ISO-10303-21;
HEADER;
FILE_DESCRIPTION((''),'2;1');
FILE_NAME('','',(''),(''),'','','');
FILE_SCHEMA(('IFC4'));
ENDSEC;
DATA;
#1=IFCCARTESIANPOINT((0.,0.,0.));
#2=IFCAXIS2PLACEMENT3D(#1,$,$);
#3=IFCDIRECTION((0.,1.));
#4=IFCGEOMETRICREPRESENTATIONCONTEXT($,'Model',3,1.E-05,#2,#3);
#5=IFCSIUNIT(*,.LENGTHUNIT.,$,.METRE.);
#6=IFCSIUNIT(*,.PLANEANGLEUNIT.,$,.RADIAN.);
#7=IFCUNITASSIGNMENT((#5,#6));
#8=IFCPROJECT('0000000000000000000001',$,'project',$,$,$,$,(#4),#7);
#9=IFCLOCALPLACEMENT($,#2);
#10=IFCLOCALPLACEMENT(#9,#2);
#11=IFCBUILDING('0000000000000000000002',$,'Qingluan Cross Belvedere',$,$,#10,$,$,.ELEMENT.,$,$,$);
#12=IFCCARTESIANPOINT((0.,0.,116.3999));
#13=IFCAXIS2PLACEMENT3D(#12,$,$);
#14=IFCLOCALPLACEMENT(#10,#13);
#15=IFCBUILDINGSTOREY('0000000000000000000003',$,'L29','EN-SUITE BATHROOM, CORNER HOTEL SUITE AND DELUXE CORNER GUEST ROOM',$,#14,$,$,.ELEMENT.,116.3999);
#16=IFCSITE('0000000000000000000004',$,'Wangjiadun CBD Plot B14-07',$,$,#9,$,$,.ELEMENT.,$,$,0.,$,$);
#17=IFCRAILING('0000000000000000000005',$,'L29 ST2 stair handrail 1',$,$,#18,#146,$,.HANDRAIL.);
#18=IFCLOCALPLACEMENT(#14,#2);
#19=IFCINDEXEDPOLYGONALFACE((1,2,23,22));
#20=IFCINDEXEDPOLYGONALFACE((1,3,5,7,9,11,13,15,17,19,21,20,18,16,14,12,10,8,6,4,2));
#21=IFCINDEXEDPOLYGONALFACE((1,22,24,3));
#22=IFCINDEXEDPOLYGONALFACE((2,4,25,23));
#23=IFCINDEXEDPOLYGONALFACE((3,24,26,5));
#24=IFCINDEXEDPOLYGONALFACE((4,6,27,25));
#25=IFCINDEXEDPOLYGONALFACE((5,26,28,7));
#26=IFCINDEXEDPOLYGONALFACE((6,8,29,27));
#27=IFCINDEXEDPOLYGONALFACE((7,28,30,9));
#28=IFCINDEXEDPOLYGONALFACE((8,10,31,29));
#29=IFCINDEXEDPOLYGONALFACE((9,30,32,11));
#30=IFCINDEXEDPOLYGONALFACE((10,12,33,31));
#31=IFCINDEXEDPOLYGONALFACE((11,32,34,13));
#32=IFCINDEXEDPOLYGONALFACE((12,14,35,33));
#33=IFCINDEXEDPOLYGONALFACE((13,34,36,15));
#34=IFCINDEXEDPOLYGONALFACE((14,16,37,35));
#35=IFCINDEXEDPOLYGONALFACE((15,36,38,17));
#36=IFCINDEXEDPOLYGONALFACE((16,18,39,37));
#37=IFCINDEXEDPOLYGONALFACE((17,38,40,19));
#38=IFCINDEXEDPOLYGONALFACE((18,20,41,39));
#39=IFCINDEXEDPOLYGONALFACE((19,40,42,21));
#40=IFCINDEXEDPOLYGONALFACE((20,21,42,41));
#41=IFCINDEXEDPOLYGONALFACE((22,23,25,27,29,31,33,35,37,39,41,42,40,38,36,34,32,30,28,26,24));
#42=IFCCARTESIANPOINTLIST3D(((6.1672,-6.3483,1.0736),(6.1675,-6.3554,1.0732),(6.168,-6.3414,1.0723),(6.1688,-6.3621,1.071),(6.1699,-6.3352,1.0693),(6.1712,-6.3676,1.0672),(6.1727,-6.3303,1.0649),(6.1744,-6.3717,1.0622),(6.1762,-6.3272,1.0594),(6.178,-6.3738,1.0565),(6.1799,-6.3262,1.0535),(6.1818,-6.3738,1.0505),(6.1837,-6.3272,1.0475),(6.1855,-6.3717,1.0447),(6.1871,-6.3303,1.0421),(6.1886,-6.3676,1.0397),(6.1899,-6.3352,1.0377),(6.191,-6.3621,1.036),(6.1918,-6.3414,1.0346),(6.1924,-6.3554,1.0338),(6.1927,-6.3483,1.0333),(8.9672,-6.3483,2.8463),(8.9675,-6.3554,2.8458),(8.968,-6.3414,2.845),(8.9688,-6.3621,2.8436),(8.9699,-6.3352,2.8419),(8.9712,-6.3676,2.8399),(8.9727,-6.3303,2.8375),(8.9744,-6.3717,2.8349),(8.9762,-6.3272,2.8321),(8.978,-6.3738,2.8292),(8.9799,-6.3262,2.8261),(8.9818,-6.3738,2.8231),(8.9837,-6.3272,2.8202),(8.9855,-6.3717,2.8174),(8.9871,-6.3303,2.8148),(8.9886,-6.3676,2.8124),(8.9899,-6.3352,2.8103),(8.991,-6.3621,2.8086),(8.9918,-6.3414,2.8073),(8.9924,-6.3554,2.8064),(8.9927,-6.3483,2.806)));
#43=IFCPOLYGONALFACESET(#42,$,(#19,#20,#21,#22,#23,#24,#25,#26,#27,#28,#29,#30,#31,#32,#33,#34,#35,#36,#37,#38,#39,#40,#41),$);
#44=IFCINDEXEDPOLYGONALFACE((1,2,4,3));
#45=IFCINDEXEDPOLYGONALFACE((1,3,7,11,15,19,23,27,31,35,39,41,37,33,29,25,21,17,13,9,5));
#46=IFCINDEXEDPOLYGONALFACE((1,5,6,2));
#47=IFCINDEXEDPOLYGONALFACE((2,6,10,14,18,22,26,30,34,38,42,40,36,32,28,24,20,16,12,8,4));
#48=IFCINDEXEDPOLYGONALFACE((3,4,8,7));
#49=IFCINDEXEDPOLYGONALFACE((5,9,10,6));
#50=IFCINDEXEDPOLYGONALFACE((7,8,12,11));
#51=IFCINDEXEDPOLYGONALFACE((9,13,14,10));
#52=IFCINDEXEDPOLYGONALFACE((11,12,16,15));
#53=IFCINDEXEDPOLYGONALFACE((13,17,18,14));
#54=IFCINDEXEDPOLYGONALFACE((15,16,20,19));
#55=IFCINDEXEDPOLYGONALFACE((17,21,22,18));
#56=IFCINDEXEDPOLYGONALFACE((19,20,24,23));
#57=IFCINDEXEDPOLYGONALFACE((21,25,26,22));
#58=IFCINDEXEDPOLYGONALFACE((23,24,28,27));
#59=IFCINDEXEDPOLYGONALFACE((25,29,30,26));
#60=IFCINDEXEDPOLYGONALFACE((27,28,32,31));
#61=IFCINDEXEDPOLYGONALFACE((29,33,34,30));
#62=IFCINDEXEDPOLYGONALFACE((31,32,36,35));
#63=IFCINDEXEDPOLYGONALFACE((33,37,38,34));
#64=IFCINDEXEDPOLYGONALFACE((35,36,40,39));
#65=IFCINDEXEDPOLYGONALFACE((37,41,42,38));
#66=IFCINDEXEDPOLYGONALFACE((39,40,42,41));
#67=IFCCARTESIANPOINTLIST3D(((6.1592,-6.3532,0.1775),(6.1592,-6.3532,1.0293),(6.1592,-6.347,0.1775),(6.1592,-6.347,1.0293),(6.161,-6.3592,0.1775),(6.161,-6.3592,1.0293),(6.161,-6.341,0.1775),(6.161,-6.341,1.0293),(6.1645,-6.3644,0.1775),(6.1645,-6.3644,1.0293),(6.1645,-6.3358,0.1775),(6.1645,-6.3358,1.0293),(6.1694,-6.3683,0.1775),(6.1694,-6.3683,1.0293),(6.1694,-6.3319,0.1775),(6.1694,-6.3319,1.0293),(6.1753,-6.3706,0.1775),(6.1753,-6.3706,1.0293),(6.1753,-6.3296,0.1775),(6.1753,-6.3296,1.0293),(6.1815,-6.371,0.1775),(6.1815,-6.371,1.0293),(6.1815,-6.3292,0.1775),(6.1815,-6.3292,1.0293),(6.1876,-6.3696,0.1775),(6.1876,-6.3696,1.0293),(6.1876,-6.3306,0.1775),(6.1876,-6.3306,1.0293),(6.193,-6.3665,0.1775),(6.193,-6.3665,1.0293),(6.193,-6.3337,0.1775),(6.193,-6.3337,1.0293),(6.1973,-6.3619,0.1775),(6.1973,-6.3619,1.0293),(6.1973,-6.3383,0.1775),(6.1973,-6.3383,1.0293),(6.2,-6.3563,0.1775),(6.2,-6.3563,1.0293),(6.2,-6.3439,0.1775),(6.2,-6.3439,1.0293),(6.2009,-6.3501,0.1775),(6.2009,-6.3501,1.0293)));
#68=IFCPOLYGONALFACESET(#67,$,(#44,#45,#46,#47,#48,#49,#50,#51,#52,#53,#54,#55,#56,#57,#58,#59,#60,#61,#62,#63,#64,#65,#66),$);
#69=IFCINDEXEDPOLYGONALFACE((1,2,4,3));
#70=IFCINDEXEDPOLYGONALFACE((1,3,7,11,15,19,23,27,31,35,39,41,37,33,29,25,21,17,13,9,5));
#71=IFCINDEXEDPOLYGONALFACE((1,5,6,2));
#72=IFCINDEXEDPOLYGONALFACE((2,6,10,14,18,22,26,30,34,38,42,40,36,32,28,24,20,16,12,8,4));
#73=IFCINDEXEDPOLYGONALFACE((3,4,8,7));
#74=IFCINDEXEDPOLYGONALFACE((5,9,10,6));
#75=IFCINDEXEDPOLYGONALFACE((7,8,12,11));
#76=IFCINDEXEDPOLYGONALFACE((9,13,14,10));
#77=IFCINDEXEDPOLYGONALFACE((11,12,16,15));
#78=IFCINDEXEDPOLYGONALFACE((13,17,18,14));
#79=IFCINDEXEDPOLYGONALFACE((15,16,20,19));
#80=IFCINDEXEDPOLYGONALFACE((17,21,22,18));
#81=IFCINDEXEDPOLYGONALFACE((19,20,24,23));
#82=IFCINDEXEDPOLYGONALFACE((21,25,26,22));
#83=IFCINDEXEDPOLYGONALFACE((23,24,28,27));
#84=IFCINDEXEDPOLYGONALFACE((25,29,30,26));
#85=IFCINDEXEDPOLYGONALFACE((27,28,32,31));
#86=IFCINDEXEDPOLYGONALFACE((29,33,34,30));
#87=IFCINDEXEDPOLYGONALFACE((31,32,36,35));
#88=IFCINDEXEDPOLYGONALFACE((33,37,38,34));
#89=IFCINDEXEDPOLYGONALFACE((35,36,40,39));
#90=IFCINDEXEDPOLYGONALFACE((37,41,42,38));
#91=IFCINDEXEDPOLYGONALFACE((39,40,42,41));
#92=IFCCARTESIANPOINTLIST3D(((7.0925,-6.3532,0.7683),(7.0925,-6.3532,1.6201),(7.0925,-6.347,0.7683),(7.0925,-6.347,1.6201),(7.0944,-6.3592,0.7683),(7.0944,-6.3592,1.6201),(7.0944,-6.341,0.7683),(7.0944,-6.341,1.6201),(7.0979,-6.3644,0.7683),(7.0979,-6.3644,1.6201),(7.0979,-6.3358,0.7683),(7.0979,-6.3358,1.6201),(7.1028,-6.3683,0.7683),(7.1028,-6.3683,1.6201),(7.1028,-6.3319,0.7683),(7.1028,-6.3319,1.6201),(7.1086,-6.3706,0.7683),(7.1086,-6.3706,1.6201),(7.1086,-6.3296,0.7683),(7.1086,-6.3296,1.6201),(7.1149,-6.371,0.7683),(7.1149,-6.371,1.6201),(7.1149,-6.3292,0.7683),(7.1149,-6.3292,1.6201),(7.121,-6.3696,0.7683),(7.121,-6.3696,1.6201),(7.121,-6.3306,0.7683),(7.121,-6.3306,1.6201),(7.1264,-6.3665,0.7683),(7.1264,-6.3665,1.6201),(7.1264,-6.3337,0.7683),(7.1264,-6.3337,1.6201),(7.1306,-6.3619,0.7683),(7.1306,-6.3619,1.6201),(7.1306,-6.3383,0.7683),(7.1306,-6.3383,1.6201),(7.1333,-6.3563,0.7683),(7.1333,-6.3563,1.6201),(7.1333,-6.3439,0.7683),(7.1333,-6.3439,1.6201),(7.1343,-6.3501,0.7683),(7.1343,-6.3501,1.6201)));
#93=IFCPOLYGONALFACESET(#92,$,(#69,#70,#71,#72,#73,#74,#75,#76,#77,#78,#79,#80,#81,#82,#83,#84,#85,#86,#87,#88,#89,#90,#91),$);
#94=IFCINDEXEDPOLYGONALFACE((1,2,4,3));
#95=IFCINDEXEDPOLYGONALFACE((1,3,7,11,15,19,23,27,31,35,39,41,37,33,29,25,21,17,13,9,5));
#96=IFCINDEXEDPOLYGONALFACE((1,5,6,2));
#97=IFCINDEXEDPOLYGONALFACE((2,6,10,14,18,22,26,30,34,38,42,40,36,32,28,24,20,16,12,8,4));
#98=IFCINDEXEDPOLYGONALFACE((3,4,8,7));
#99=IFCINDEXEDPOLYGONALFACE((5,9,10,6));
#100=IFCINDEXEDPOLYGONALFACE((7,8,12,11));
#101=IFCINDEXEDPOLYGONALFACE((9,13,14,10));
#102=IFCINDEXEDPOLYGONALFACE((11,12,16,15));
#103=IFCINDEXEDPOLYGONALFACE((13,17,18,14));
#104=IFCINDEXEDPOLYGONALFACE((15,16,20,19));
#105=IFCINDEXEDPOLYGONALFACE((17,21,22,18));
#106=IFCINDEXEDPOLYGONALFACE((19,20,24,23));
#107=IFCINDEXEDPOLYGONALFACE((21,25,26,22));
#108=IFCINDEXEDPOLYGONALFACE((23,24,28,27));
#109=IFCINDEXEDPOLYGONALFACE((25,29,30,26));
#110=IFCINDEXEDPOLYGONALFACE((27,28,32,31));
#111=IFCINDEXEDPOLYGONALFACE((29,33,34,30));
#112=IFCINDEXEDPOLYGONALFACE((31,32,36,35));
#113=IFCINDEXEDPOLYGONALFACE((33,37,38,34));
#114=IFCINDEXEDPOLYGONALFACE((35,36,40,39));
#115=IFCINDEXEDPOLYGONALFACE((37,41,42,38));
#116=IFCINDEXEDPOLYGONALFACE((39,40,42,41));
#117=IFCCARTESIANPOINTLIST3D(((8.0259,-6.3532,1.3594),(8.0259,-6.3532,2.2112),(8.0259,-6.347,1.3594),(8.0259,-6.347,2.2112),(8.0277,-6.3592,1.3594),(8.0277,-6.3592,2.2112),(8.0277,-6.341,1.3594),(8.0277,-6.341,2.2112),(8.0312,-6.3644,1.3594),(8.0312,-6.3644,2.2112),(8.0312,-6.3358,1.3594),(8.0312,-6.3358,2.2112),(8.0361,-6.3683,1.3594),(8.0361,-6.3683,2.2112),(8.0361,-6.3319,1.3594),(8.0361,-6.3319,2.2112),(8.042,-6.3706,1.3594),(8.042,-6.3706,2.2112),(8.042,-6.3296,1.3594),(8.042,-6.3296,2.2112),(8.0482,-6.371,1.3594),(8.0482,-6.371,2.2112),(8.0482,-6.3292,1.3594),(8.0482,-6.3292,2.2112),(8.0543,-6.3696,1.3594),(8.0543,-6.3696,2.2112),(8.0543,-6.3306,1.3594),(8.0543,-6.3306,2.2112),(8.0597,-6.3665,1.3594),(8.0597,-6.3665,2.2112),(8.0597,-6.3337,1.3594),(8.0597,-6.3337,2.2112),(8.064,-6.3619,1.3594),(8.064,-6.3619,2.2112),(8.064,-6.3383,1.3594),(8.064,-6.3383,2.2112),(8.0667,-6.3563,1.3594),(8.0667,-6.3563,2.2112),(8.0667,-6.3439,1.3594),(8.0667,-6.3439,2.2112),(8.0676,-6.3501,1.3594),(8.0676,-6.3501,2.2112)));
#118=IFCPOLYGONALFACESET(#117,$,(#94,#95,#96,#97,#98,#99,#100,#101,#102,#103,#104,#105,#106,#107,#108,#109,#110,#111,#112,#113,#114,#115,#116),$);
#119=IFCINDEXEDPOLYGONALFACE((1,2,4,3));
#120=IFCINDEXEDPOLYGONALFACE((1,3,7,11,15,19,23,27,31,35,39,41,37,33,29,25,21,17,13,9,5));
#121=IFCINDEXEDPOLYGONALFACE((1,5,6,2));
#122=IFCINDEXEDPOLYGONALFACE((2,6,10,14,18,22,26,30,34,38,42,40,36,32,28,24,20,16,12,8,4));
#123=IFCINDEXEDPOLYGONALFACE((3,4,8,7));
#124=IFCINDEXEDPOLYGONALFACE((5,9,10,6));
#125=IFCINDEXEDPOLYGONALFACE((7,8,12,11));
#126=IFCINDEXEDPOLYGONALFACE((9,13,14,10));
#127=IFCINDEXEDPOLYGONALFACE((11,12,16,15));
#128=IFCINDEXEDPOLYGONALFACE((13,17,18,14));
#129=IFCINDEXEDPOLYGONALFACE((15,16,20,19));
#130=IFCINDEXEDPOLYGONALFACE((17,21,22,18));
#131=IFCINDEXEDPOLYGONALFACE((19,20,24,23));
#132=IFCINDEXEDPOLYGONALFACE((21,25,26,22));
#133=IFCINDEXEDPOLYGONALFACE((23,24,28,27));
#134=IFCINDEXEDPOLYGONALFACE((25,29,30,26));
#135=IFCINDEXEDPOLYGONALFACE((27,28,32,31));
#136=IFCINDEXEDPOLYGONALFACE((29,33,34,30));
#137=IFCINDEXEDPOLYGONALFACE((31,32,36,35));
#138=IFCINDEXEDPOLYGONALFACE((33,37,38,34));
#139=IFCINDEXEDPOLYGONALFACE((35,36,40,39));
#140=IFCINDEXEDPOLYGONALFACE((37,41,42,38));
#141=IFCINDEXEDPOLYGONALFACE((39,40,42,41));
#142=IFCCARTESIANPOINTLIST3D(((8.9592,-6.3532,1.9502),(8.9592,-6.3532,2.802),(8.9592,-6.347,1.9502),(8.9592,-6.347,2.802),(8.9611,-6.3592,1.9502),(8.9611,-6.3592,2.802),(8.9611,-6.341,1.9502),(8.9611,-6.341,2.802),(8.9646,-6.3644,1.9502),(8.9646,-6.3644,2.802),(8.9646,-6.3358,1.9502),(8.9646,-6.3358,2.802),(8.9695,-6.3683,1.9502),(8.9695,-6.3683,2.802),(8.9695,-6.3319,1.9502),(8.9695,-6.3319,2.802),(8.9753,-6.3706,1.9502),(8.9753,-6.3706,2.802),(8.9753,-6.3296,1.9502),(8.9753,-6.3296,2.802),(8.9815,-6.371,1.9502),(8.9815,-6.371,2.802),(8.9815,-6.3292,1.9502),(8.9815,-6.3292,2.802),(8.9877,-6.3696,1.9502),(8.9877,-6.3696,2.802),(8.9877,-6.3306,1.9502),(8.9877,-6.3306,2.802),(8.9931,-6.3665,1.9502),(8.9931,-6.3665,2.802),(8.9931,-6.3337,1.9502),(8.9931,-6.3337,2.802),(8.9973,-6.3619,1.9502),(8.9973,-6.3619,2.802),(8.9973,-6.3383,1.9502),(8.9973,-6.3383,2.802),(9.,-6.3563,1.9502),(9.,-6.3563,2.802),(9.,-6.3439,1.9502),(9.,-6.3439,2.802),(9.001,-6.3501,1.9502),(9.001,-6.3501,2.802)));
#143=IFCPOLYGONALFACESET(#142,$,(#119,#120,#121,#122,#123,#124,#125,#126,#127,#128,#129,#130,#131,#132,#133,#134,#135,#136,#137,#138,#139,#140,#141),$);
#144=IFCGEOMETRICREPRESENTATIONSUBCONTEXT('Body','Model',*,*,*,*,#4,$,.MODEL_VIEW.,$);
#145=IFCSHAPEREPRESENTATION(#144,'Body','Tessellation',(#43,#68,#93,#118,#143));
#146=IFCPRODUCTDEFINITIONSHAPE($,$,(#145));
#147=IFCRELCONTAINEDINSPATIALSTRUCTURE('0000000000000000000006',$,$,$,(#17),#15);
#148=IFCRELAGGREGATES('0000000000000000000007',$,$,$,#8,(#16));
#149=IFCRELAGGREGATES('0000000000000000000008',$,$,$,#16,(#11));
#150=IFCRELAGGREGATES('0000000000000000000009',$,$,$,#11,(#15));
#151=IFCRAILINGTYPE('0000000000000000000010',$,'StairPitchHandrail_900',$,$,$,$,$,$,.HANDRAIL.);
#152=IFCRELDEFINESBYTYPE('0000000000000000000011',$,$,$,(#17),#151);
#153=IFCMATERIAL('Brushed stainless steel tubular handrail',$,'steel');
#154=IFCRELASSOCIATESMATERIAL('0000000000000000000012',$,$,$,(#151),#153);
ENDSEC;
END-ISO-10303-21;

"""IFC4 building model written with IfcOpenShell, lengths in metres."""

from ifc_helpers import new_model, si_unit, direction, frame, origin, origin_2d, place, context, subcontext, project, spatial, circle, extrude, material, type_object, element, save


model = new_model("IFC4")

# Units and contexts
model_context = context("Model", 3, precision=1e-05, world=origin(), true_north=direction((0.0, 1.0)))
body_context = subcontext(model_context, "Body", "Model", "MODEL_VIEW")
ifc_project = project(units=[si_unit("LENGTHUNIT", "METRE"), si_unit("PLANEANGLEUNIT", "RADIAN")], contexts=[model_context])

# Site, building, storey
site_placement = place(None, origin())
site = spatial("IfcSite", under=ifc_project, at=site_placement, Name="Wangjiadun CBD Plot B14-07", CompositionType="ELEMENT", RefElevation=0.0)
building_placement = place(site_placement, origin())
building = spatial("IfcBuilding", under=site, at=building_placement, Name="Qingluan Cross Belvedere", CompositionType="ELEMENT")
storey_placement = place(building_placement, frame((0.0, 0.0, 116.3999)))
storey = spatial("IfcBuildingStorey", under=building, at=storey_placement, Name="L29", Description="EN-SUITE BATHROOM, CORNER HOTEL SUITE AND DELUXE CORNER GUEST ROOM", CompositionType="ELEMENT", Elevation=116.3999)

# Railing
ifc_material_1 = material(Name="Brushed stainless steel tubular handrail", Category="steel")
railing_type_1 = type_object("IfcRailingType", Name="StairPitchHandrail_900", PredefinedType="HANDRAIL", material=ifc_material_1)
railing_1_placement = place(storey_placement, frame((6.1799, -6.3501, 0.1775)))
element("IfcRailing", 1, at=railing_1_placement, inside=storey, type_object=railing_type_1, Name="L29 ST2 stair handrail 1", PredefinedType="HANDRAIL", context=body_context, shape_type="SweptSolid", body=[
    extrude(circle(Radius=0.0239, at=origin_2d()), frame((0.0, 0.0, 0.876), z_axis=(0.844909, 0.0, 0.53491), x_axis=(0.0, 1.0, 0.0)), (0.0, 0.0, 1.0), 3.314),
    extrude(circle(Radius=0.021, at=origin_2d()), origin(), (0.0, 0.0, 1.0), 0.8518),
    extrude(circle(Radius=0.021, at=origin_2d()), frame((0.9333, 0.0, 0.5908)), (0.0, 0.0, 1.0), 0.8518),
    extrude(circle(Radius=0.021, at=origin_2d()), frame((1.8667, 0.0, 1.1819)), (0.0, 0.0, 1.0), 0.8518),
    extrude(circle(Radius=0.021, at=origin_2d()), frame((2.8, 0.0, 1.7727)), (0.0, 0.0, 1.0), 0.8518),
])

save(model, "model.ifc")
